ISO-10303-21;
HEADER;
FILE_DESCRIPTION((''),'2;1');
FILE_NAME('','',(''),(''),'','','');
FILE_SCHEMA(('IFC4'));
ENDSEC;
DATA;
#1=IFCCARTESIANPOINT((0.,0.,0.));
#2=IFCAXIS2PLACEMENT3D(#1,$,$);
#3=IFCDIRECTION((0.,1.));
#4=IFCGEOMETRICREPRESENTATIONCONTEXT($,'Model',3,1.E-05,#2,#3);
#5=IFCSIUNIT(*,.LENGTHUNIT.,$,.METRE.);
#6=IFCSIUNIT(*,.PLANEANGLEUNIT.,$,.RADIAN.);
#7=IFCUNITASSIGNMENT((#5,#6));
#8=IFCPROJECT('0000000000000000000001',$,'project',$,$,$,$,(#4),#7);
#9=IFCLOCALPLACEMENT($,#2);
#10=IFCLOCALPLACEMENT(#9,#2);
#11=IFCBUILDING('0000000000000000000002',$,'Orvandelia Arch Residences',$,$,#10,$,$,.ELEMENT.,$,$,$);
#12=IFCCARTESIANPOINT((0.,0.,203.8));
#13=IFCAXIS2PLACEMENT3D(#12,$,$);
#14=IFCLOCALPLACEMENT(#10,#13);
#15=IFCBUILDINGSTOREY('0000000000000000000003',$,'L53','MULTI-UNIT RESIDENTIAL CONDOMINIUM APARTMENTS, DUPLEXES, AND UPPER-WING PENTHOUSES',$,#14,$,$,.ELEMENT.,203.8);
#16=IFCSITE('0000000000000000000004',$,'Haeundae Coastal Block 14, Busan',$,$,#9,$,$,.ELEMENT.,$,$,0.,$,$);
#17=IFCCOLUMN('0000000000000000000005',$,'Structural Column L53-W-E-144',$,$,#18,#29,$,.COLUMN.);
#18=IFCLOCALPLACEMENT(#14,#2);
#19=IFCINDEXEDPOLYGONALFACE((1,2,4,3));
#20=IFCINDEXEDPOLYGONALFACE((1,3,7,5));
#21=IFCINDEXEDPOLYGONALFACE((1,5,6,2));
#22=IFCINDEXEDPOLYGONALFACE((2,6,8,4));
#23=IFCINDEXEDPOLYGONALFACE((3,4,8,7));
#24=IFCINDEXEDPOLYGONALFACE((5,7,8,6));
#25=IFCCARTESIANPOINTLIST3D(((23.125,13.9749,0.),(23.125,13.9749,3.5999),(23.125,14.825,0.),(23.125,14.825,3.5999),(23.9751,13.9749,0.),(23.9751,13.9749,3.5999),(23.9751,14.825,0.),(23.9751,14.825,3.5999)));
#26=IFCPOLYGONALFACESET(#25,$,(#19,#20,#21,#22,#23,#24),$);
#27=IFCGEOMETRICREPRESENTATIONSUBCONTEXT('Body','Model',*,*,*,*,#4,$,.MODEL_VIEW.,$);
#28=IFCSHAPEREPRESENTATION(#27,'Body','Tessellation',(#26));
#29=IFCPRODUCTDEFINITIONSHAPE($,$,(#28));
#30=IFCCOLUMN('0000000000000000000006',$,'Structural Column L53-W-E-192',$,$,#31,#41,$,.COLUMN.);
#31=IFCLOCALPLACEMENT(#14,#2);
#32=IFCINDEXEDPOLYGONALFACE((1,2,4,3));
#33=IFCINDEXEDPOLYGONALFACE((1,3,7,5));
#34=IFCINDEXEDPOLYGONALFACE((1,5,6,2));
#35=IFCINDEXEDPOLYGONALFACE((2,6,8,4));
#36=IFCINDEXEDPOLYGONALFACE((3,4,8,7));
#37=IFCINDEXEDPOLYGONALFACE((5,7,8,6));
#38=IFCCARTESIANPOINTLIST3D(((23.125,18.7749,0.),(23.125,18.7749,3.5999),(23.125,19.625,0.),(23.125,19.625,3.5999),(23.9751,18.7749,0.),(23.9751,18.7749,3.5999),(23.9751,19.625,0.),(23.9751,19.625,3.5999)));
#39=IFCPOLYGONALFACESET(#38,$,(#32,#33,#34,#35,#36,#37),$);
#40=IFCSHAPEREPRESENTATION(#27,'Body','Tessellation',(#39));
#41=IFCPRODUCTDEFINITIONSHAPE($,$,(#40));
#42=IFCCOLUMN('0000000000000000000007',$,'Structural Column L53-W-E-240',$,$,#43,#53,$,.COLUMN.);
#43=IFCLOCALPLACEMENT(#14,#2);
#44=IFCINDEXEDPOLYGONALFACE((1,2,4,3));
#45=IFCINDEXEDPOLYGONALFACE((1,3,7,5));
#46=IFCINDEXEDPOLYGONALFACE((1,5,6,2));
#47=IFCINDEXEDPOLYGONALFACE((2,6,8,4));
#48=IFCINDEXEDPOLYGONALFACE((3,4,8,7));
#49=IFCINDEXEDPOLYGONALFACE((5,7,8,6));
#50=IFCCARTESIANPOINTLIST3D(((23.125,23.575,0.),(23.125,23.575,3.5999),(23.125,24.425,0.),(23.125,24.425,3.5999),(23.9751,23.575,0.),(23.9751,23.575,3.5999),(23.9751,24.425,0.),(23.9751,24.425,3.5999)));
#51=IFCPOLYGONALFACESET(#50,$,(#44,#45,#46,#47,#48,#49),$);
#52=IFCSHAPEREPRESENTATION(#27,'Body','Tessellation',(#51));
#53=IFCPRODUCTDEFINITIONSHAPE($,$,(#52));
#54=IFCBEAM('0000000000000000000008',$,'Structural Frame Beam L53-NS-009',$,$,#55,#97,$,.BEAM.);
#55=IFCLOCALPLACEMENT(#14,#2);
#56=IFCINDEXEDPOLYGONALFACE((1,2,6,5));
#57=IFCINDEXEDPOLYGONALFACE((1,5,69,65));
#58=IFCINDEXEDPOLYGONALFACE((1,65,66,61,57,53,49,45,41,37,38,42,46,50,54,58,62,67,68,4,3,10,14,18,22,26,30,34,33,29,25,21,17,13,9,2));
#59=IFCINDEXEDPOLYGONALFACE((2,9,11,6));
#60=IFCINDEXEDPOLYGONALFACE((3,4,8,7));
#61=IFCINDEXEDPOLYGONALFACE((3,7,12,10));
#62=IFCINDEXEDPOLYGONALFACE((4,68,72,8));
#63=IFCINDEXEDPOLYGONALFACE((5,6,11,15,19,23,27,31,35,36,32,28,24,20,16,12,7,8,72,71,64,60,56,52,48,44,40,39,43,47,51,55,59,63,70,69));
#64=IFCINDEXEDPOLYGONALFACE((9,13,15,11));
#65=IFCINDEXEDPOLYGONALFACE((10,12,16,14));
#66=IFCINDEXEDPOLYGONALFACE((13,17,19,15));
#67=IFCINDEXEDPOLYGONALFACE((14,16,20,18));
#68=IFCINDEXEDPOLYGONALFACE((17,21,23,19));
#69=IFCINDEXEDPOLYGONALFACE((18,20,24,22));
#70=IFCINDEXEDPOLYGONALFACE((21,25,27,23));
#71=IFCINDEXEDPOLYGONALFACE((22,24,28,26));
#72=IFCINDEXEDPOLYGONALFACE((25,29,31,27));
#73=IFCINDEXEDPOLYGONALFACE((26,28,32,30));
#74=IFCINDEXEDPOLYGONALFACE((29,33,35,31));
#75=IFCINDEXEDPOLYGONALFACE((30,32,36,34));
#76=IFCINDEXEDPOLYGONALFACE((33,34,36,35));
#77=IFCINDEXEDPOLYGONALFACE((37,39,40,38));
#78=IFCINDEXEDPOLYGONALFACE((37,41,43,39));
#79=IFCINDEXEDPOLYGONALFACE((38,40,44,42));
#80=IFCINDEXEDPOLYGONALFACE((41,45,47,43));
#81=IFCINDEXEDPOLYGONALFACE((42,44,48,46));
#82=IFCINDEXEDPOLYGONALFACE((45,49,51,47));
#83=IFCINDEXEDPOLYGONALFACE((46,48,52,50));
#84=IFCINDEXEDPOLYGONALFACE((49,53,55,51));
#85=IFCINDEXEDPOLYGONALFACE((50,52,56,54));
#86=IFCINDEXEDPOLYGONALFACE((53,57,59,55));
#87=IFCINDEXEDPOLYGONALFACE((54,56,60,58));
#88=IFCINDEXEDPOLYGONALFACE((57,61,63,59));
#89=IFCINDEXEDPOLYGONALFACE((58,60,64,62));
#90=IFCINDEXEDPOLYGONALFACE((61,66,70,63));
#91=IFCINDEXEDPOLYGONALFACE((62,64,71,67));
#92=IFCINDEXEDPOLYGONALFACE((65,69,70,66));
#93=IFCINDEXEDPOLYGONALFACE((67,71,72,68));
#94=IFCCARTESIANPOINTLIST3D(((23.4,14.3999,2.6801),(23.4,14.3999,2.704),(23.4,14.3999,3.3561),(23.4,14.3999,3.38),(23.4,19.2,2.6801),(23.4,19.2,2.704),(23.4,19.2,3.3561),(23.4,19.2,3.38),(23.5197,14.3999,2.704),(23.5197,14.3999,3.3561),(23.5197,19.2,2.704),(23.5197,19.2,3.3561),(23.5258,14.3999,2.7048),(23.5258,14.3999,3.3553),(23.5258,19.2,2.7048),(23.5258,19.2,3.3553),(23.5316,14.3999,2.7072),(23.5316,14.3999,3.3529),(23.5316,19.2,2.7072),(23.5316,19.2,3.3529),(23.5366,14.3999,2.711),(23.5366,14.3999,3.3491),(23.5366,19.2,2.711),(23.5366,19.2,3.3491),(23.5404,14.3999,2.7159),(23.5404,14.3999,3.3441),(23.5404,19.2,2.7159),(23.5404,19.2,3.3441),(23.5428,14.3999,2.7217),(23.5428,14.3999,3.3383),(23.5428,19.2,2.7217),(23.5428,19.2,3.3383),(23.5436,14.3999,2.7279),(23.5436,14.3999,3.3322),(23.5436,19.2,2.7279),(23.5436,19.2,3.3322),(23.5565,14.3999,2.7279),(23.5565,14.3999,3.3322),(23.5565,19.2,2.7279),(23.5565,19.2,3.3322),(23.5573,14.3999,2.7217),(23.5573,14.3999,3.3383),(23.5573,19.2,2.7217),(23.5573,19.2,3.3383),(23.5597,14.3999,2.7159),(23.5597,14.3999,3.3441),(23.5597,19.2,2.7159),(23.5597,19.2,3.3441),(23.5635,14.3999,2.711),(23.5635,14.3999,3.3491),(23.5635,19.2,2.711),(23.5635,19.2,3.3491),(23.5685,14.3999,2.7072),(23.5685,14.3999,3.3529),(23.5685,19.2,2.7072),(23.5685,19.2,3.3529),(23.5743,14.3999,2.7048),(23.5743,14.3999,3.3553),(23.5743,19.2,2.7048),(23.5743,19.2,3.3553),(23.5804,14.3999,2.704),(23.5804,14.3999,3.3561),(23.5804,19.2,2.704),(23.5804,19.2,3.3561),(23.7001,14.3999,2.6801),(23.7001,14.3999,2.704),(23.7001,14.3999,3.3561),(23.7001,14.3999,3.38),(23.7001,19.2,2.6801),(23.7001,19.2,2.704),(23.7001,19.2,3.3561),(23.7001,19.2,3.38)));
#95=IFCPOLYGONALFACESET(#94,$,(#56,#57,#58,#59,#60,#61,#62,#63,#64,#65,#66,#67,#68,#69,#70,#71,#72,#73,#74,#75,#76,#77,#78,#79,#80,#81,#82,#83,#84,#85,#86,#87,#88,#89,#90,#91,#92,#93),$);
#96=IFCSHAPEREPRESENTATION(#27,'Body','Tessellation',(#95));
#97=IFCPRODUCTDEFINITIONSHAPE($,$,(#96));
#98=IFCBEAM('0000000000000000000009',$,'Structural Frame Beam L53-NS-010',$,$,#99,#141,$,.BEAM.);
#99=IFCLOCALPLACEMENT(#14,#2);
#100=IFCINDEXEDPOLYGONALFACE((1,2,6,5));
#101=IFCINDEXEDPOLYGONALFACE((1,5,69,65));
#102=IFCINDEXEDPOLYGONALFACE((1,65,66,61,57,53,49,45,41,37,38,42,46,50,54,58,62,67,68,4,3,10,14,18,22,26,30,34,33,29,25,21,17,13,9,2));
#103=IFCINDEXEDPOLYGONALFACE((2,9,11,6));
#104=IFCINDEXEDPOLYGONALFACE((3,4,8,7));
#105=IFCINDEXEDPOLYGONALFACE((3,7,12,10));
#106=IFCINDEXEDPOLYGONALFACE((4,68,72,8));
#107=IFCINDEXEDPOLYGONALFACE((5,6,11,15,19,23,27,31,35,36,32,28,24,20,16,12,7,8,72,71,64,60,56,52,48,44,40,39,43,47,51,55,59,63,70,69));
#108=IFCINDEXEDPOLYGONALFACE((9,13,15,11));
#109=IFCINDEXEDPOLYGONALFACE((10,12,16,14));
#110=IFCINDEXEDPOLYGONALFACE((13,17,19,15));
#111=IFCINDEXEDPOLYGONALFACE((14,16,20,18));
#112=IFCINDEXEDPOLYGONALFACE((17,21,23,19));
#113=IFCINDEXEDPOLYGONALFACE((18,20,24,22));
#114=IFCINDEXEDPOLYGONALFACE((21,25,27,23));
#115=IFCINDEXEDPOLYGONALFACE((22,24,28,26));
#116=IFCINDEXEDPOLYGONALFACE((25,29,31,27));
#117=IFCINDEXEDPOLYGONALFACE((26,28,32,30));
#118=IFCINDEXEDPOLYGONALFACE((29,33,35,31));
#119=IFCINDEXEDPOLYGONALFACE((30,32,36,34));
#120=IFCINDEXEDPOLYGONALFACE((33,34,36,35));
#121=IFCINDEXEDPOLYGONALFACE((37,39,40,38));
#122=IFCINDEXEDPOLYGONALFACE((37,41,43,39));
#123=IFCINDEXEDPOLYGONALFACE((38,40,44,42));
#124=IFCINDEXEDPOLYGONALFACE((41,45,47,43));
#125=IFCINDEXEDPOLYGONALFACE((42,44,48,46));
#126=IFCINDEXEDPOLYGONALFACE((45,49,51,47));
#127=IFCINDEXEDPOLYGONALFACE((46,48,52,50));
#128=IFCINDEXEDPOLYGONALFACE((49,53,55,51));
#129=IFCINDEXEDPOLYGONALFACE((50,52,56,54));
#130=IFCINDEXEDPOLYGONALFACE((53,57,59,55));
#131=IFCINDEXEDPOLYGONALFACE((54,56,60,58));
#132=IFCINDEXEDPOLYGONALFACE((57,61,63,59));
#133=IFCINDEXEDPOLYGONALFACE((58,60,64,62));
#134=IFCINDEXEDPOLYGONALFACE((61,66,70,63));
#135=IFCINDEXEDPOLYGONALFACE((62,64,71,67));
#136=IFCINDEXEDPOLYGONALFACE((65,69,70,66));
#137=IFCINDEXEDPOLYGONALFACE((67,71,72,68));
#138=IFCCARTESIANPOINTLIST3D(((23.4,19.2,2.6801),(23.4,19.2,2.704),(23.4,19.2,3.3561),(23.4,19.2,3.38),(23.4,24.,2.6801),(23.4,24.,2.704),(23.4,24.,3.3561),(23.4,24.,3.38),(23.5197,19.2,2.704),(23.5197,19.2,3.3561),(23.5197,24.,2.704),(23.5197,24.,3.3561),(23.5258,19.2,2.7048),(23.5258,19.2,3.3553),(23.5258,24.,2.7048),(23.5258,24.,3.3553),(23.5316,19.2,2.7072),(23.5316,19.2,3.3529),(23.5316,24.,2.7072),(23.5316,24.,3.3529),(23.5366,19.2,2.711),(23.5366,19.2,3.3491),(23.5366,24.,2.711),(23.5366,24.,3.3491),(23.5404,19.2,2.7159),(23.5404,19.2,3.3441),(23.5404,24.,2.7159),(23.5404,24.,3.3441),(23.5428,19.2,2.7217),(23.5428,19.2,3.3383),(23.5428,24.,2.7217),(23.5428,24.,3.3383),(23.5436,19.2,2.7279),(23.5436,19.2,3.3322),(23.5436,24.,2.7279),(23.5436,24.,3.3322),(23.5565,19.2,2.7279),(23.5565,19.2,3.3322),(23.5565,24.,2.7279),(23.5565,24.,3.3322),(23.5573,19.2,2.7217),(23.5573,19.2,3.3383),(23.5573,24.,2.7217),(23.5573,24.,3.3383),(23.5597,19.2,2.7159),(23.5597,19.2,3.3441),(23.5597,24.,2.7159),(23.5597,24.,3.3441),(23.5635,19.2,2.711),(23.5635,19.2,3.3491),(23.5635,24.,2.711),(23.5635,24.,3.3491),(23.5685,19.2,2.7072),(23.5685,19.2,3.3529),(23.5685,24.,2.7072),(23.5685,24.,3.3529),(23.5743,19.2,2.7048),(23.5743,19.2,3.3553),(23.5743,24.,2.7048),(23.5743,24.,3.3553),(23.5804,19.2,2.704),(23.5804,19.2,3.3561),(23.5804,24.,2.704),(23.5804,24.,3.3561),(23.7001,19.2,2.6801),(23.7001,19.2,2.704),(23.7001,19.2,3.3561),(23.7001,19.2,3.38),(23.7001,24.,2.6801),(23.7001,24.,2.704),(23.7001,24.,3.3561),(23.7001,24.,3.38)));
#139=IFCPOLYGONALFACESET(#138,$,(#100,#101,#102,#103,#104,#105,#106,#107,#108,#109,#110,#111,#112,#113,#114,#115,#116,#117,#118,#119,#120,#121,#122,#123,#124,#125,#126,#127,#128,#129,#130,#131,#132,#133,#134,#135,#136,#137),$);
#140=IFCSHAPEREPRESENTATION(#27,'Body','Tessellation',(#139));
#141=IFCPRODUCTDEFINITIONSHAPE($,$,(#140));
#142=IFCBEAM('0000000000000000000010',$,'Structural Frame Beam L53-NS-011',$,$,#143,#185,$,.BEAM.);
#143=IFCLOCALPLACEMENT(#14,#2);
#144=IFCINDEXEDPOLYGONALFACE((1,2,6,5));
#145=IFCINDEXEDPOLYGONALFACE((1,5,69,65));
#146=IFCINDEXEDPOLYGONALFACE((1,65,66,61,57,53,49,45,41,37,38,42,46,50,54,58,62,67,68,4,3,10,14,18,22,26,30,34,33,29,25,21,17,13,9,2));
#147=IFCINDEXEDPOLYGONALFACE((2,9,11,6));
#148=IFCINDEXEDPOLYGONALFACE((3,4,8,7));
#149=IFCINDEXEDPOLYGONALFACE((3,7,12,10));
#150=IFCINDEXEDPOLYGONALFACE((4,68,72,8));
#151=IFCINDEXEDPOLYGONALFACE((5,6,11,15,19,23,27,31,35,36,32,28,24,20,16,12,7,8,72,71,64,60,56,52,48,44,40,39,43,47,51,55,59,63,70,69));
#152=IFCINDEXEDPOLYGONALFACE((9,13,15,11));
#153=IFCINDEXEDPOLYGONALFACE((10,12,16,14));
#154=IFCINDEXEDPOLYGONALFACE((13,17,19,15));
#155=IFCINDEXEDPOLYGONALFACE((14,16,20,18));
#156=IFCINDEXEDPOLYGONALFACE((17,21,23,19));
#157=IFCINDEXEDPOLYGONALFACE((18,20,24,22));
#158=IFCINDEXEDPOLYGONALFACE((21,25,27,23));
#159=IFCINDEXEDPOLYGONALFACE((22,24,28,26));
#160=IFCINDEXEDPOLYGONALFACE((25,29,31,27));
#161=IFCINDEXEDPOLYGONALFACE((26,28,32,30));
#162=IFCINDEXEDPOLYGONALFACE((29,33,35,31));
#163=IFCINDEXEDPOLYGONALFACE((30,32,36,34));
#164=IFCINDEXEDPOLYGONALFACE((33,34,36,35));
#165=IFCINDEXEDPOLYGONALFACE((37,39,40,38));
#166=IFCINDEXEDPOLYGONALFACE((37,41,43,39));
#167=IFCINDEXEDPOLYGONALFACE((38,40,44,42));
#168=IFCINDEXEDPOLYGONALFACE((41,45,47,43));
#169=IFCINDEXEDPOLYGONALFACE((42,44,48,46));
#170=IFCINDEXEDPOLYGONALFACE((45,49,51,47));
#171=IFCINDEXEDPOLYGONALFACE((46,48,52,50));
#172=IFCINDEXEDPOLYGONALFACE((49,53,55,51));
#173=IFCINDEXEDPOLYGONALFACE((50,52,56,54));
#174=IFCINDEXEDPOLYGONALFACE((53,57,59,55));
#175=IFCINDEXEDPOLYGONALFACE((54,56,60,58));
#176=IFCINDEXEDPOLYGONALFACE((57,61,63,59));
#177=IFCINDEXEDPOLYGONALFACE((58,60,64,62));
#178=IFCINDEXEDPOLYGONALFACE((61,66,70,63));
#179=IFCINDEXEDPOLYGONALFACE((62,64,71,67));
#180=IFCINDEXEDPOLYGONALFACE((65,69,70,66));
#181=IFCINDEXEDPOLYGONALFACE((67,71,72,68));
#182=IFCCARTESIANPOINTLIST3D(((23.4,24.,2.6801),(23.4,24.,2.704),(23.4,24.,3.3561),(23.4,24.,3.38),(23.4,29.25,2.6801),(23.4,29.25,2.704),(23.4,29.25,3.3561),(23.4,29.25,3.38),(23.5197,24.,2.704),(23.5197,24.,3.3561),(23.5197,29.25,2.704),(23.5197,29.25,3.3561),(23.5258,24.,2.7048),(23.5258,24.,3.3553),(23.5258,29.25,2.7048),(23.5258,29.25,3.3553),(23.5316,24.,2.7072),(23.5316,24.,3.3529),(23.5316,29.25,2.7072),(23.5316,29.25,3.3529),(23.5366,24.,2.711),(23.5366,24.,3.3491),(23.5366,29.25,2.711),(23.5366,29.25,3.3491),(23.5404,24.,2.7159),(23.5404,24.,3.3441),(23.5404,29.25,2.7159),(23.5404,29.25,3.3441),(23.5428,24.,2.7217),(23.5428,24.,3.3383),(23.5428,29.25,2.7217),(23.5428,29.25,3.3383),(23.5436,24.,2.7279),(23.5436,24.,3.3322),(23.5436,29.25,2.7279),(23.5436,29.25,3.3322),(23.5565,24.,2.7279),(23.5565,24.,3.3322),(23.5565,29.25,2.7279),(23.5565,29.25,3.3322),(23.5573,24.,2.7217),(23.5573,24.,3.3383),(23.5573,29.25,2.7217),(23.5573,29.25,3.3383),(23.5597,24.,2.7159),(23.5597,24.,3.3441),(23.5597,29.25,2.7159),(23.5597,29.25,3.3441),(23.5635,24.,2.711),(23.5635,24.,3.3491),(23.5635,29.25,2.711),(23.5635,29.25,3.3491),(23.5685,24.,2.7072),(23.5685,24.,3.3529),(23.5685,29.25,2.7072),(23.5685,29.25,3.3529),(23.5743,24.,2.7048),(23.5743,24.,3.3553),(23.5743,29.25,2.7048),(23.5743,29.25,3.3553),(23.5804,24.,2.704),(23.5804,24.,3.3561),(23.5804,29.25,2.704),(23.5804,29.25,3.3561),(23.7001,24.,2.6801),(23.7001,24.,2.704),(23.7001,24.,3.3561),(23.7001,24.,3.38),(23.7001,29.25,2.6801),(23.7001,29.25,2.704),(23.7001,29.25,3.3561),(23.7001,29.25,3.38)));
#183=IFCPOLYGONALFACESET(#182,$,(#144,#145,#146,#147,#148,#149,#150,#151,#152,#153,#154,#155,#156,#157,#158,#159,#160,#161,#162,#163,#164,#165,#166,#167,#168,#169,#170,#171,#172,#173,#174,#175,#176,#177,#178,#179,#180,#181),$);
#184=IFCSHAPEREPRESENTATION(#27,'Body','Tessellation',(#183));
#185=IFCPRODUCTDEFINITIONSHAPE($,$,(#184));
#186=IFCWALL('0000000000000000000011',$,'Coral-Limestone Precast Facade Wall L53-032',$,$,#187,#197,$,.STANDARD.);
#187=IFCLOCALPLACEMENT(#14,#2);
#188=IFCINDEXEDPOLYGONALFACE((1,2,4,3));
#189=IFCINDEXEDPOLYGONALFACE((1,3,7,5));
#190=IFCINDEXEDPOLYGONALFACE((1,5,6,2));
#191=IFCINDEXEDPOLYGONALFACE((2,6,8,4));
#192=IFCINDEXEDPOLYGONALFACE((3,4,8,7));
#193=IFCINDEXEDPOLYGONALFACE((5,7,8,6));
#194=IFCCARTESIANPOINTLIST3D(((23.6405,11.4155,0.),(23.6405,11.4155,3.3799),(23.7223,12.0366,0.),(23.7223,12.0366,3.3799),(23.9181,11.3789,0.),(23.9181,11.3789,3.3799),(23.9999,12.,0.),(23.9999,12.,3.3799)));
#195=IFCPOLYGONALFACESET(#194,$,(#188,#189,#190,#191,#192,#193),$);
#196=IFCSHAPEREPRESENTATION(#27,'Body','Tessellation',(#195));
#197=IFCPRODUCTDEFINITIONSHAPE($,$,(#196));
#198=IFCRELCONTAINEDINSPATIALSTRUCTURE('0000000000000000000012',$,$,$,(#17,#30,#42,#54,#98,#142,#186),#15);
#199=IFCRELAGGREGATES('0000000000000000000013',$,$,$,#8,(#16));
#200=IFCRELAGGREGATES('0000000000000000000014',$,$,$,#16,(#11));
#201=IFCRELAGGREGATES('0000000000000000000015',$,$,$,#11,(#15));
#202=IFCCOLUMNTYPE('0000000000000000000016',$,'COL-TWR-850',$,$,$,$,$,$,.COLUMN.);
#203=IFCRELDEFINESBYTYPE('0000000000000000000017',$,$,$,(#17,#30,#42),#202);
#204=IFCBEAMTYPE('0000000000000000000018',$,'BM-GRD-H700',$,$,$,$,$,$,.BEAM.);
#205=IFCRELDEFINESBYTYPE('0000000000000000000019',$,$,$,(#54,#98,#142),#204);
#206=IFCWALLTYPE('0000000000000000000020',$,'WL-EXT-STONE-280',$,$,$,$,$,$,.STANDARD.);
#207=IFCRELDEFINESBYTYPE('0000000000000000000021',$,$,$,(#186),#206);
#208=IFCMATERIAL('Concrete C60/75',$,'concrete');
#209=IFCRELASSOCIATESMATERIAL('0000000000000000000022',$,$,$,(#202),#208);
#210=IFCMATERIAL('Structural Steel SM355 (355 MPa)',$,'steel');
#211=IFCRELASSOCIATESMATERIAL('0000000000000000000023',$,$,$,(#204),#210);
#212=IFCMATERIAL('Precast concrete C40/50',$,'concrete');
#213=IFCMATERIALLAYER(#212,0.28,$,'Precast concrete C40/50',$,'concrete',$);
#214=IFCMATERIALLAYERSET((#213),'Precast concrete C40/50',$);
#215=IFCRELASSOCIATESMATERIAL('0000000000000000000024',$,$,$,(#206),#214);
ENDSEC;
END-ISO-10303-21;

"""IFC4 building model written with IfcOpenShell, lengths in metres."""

from ifc_helpers import new_model, si_unit, direction, frame, frame_2d, origin, origin_2d, place, context, subcontext, project, spatial, rectangle, i_section, extrude, material, layer, layer_set, material_profile, profile_set, type_object, element, save


model = new_model("IFC4")

# Units and contexts
model_context = context("Model", 3, precision=1e-05, world=origin(), true_north=direction((0.0, 1.0)))
body_context = subcontext(model_context, "Body", "Model", "MODEL_VIEW")
ifc_project = project(units=[si_unit("LENGTHUNIT", "METRE"), si_unit("PLANEANGLEUNIT", "RADIAN")], contexts=[model_context])

# Site, building, storey
site_placement = place(None, origin())
site = spatial("IfcSite", under=ifc_project, at=site_placement, Name="Haeundae Coastal Block 14, Busan", CompositionType="ELEMENT", RefElevation=0.0)
building_placement = place(site_placement, origin())
building = spatial("IfcBuilding", under=site, at=building_placement, Name="Orvandelia Arch Residences", CompositionType="ELEMENT")
storey_placement = place(building_placement, frame((0.0, 0.0, 203.8)))
storey = spatial("IfcBuildingStorey", under=building, at=storey_placement, Name="L53", Description="MULTI-UNIT RESIDENTIAL CONDOMINIUM APARTMENTS, DUPLEXES, AND UPPER-WING PENTHOUSES", CompositionType="ELEMENT", Elevation=203.8)

# Columns
ifc_material_1 = material(Name="Concrete C60/75", Category="concrete")
ifc_material_profile_1 = material_profile(ifc_material_1, rectangle(XDim=0.8501, YDim=0.8501, at=origin_2d()), Name="Concrete C60/75", Category="concrete")
ifc_profile_set_1 = profile_set([ifc_material_profile_1], Name="Concrete C60/75")
column_type = type_object("IfcColumnType", Name="COL-TWR-850", PredefinedType="COLUMN", material=ifc_profile_set_1)
for number, where, z_axis, x_axis, name in (
    (1, (23.55, 14.3999, 0.0), (0.0, 0.0, 1.0), (1.0, 0.0, 0.0), "Structural Column L53-W-E-144"),
    (2, (23.55, 19.2, 0.0), (0.0, 0.0, 1.0), (1.0, 0.0, 0.0), "Structural Column L53-W-E-192"),
    (3, (23.55, 24.0, 0.0), (0.0, 0.0, 1.0), (1.0, 0.0, 0.0), "Structural Column L53-W-E-240"),
):
    element("IfcColumn", number, at=place(storey_placement, frame(where, z_axis=z_axis, x_axis=x_axis)), inside=storey, type_object=column_type, Name=name, PredefinedType="COLUMN", context=body_context, shape_type="SweptSolid", body=[
        extrude(rectangle(XDim=0.8501, YDim=0.8501, at=origin_2d()), origin(), (0.0, 0.0, 1.0), 3.5999),
    ])

# Beams
ifc_material_2 = material(Name="Structural Steel SM355 (355 MPa)", Category="steel")
ifc_material_profile_2 = material_profile(ifc_material_2, i_section(OverallWidth=0.3, OverallDepth=0.7, WebThickness=0.0129, FlangeThickness=0.0239, FilletRadius=0.0239, at=origin_2d()), Name="Structural Steel SM355 (355 MPa)", Category="steel")
ifc_profile_set_2 = profile_set([ifc_material_profile_2], Name="Structural Steel SM355 (355 MPa)")
beam_type = type_object("IfcBeamType", Name="BM-GRD-H700", PredefinedType="BEAM", material=ifc_profile_set_2)
for number, where, z_axis, x_axis, name in (
    (4, (23.55, 14.3999, 3.03), (0.0, 1.0, 0.0), (-1.0, 0.0, 0.0), "Structural Frame Beam L53-NS-009"),
    (5, (23.55, 19.2, 3.03), (0.0, 1.0, 0.0), (-1.0, 0.0, 0.0), "Structural Frame Beam L53-NS-010"),
):
    element("IfcBeam", number, at=place(storey_placement, frame(where, z_axis=z_axis, x_axis=x_axis)), inside=storey, type_object=beam_type, Name=name, PredefinedType="BEAM", context=body_context, shape_type="SweptSolid", body=[
        extrude(i_section(OverallWidth=0.3, OverallDepth=0.7, WebThickness=0.0129, FlangeThickness=0.0239, FilletRadius=0.0239, at=origin_2d()), origin(), (0.0, 0.0, 1.0), 4.8),
    ])
beam_placement = place(storey_placement, frame((23.55, 24.0, 3.03), z_axis=(0.0, 1.0, 0.0), x_axis=(-1.0, 0.0, 0.0)))
element("IfcBeam", 6, at=beam_placement, inside=storey, type_object=beam_type, Name="Structural Frame Beam L53-NS-011", PredefinedType="BEAM", context=body_context, shape_type="SweptSolid", body=[
    extrude(i_section(OverallWidth=0.3, OverallDepth=0.7, WebThickness=0.0129, FlangeThickness=0.0239, FilletRadius=0.0239, at=origin_2d()), origin(), (0.0, 0.0, 1.0), 5.25),
])

# Wall
ifc_material_3 = material(Name="Precast concrete C40/50", Category="concrete")
ifc_layer = layer(ifc_material_3, 0.28, Name="Precast concrete C40/50", Category="concrete")
ifc_layer_set = layer_set([ifc_layer], Name="Precast concrete C40/50")
wall_type = type_object("IfcWallType", Name="WL-EXT-STONE-280", PredefinedType="STANDARD", material=ifc_layer_set)
for number, where, z_axis, x_axis, name in (
    (7, (23.8611, 12.0183, 0.0), (0.0, 0.0, 1.0), (-0.130555, -0.991441, 0.0), "Coral-Limestone Precast Facade Wall L53-032"),
):
    element("IfcWall", number, at=place(storey_placement, frame(where, z_axis=z_axis, x_axis=x_axis)), inside=storey, type_object=wall_type, Name=name, PredefinedType="STANDARD", context=body_context, shape_type="SweptSolid", body=[
        extrude(rectangle(XDim=0.6265, YDim=0.28, at=frame_2d((0.3132, 0.0))), origin(), (0.0, 0.0, 1.0), 3.3799),
    ])

save(model, "model.ifc")
